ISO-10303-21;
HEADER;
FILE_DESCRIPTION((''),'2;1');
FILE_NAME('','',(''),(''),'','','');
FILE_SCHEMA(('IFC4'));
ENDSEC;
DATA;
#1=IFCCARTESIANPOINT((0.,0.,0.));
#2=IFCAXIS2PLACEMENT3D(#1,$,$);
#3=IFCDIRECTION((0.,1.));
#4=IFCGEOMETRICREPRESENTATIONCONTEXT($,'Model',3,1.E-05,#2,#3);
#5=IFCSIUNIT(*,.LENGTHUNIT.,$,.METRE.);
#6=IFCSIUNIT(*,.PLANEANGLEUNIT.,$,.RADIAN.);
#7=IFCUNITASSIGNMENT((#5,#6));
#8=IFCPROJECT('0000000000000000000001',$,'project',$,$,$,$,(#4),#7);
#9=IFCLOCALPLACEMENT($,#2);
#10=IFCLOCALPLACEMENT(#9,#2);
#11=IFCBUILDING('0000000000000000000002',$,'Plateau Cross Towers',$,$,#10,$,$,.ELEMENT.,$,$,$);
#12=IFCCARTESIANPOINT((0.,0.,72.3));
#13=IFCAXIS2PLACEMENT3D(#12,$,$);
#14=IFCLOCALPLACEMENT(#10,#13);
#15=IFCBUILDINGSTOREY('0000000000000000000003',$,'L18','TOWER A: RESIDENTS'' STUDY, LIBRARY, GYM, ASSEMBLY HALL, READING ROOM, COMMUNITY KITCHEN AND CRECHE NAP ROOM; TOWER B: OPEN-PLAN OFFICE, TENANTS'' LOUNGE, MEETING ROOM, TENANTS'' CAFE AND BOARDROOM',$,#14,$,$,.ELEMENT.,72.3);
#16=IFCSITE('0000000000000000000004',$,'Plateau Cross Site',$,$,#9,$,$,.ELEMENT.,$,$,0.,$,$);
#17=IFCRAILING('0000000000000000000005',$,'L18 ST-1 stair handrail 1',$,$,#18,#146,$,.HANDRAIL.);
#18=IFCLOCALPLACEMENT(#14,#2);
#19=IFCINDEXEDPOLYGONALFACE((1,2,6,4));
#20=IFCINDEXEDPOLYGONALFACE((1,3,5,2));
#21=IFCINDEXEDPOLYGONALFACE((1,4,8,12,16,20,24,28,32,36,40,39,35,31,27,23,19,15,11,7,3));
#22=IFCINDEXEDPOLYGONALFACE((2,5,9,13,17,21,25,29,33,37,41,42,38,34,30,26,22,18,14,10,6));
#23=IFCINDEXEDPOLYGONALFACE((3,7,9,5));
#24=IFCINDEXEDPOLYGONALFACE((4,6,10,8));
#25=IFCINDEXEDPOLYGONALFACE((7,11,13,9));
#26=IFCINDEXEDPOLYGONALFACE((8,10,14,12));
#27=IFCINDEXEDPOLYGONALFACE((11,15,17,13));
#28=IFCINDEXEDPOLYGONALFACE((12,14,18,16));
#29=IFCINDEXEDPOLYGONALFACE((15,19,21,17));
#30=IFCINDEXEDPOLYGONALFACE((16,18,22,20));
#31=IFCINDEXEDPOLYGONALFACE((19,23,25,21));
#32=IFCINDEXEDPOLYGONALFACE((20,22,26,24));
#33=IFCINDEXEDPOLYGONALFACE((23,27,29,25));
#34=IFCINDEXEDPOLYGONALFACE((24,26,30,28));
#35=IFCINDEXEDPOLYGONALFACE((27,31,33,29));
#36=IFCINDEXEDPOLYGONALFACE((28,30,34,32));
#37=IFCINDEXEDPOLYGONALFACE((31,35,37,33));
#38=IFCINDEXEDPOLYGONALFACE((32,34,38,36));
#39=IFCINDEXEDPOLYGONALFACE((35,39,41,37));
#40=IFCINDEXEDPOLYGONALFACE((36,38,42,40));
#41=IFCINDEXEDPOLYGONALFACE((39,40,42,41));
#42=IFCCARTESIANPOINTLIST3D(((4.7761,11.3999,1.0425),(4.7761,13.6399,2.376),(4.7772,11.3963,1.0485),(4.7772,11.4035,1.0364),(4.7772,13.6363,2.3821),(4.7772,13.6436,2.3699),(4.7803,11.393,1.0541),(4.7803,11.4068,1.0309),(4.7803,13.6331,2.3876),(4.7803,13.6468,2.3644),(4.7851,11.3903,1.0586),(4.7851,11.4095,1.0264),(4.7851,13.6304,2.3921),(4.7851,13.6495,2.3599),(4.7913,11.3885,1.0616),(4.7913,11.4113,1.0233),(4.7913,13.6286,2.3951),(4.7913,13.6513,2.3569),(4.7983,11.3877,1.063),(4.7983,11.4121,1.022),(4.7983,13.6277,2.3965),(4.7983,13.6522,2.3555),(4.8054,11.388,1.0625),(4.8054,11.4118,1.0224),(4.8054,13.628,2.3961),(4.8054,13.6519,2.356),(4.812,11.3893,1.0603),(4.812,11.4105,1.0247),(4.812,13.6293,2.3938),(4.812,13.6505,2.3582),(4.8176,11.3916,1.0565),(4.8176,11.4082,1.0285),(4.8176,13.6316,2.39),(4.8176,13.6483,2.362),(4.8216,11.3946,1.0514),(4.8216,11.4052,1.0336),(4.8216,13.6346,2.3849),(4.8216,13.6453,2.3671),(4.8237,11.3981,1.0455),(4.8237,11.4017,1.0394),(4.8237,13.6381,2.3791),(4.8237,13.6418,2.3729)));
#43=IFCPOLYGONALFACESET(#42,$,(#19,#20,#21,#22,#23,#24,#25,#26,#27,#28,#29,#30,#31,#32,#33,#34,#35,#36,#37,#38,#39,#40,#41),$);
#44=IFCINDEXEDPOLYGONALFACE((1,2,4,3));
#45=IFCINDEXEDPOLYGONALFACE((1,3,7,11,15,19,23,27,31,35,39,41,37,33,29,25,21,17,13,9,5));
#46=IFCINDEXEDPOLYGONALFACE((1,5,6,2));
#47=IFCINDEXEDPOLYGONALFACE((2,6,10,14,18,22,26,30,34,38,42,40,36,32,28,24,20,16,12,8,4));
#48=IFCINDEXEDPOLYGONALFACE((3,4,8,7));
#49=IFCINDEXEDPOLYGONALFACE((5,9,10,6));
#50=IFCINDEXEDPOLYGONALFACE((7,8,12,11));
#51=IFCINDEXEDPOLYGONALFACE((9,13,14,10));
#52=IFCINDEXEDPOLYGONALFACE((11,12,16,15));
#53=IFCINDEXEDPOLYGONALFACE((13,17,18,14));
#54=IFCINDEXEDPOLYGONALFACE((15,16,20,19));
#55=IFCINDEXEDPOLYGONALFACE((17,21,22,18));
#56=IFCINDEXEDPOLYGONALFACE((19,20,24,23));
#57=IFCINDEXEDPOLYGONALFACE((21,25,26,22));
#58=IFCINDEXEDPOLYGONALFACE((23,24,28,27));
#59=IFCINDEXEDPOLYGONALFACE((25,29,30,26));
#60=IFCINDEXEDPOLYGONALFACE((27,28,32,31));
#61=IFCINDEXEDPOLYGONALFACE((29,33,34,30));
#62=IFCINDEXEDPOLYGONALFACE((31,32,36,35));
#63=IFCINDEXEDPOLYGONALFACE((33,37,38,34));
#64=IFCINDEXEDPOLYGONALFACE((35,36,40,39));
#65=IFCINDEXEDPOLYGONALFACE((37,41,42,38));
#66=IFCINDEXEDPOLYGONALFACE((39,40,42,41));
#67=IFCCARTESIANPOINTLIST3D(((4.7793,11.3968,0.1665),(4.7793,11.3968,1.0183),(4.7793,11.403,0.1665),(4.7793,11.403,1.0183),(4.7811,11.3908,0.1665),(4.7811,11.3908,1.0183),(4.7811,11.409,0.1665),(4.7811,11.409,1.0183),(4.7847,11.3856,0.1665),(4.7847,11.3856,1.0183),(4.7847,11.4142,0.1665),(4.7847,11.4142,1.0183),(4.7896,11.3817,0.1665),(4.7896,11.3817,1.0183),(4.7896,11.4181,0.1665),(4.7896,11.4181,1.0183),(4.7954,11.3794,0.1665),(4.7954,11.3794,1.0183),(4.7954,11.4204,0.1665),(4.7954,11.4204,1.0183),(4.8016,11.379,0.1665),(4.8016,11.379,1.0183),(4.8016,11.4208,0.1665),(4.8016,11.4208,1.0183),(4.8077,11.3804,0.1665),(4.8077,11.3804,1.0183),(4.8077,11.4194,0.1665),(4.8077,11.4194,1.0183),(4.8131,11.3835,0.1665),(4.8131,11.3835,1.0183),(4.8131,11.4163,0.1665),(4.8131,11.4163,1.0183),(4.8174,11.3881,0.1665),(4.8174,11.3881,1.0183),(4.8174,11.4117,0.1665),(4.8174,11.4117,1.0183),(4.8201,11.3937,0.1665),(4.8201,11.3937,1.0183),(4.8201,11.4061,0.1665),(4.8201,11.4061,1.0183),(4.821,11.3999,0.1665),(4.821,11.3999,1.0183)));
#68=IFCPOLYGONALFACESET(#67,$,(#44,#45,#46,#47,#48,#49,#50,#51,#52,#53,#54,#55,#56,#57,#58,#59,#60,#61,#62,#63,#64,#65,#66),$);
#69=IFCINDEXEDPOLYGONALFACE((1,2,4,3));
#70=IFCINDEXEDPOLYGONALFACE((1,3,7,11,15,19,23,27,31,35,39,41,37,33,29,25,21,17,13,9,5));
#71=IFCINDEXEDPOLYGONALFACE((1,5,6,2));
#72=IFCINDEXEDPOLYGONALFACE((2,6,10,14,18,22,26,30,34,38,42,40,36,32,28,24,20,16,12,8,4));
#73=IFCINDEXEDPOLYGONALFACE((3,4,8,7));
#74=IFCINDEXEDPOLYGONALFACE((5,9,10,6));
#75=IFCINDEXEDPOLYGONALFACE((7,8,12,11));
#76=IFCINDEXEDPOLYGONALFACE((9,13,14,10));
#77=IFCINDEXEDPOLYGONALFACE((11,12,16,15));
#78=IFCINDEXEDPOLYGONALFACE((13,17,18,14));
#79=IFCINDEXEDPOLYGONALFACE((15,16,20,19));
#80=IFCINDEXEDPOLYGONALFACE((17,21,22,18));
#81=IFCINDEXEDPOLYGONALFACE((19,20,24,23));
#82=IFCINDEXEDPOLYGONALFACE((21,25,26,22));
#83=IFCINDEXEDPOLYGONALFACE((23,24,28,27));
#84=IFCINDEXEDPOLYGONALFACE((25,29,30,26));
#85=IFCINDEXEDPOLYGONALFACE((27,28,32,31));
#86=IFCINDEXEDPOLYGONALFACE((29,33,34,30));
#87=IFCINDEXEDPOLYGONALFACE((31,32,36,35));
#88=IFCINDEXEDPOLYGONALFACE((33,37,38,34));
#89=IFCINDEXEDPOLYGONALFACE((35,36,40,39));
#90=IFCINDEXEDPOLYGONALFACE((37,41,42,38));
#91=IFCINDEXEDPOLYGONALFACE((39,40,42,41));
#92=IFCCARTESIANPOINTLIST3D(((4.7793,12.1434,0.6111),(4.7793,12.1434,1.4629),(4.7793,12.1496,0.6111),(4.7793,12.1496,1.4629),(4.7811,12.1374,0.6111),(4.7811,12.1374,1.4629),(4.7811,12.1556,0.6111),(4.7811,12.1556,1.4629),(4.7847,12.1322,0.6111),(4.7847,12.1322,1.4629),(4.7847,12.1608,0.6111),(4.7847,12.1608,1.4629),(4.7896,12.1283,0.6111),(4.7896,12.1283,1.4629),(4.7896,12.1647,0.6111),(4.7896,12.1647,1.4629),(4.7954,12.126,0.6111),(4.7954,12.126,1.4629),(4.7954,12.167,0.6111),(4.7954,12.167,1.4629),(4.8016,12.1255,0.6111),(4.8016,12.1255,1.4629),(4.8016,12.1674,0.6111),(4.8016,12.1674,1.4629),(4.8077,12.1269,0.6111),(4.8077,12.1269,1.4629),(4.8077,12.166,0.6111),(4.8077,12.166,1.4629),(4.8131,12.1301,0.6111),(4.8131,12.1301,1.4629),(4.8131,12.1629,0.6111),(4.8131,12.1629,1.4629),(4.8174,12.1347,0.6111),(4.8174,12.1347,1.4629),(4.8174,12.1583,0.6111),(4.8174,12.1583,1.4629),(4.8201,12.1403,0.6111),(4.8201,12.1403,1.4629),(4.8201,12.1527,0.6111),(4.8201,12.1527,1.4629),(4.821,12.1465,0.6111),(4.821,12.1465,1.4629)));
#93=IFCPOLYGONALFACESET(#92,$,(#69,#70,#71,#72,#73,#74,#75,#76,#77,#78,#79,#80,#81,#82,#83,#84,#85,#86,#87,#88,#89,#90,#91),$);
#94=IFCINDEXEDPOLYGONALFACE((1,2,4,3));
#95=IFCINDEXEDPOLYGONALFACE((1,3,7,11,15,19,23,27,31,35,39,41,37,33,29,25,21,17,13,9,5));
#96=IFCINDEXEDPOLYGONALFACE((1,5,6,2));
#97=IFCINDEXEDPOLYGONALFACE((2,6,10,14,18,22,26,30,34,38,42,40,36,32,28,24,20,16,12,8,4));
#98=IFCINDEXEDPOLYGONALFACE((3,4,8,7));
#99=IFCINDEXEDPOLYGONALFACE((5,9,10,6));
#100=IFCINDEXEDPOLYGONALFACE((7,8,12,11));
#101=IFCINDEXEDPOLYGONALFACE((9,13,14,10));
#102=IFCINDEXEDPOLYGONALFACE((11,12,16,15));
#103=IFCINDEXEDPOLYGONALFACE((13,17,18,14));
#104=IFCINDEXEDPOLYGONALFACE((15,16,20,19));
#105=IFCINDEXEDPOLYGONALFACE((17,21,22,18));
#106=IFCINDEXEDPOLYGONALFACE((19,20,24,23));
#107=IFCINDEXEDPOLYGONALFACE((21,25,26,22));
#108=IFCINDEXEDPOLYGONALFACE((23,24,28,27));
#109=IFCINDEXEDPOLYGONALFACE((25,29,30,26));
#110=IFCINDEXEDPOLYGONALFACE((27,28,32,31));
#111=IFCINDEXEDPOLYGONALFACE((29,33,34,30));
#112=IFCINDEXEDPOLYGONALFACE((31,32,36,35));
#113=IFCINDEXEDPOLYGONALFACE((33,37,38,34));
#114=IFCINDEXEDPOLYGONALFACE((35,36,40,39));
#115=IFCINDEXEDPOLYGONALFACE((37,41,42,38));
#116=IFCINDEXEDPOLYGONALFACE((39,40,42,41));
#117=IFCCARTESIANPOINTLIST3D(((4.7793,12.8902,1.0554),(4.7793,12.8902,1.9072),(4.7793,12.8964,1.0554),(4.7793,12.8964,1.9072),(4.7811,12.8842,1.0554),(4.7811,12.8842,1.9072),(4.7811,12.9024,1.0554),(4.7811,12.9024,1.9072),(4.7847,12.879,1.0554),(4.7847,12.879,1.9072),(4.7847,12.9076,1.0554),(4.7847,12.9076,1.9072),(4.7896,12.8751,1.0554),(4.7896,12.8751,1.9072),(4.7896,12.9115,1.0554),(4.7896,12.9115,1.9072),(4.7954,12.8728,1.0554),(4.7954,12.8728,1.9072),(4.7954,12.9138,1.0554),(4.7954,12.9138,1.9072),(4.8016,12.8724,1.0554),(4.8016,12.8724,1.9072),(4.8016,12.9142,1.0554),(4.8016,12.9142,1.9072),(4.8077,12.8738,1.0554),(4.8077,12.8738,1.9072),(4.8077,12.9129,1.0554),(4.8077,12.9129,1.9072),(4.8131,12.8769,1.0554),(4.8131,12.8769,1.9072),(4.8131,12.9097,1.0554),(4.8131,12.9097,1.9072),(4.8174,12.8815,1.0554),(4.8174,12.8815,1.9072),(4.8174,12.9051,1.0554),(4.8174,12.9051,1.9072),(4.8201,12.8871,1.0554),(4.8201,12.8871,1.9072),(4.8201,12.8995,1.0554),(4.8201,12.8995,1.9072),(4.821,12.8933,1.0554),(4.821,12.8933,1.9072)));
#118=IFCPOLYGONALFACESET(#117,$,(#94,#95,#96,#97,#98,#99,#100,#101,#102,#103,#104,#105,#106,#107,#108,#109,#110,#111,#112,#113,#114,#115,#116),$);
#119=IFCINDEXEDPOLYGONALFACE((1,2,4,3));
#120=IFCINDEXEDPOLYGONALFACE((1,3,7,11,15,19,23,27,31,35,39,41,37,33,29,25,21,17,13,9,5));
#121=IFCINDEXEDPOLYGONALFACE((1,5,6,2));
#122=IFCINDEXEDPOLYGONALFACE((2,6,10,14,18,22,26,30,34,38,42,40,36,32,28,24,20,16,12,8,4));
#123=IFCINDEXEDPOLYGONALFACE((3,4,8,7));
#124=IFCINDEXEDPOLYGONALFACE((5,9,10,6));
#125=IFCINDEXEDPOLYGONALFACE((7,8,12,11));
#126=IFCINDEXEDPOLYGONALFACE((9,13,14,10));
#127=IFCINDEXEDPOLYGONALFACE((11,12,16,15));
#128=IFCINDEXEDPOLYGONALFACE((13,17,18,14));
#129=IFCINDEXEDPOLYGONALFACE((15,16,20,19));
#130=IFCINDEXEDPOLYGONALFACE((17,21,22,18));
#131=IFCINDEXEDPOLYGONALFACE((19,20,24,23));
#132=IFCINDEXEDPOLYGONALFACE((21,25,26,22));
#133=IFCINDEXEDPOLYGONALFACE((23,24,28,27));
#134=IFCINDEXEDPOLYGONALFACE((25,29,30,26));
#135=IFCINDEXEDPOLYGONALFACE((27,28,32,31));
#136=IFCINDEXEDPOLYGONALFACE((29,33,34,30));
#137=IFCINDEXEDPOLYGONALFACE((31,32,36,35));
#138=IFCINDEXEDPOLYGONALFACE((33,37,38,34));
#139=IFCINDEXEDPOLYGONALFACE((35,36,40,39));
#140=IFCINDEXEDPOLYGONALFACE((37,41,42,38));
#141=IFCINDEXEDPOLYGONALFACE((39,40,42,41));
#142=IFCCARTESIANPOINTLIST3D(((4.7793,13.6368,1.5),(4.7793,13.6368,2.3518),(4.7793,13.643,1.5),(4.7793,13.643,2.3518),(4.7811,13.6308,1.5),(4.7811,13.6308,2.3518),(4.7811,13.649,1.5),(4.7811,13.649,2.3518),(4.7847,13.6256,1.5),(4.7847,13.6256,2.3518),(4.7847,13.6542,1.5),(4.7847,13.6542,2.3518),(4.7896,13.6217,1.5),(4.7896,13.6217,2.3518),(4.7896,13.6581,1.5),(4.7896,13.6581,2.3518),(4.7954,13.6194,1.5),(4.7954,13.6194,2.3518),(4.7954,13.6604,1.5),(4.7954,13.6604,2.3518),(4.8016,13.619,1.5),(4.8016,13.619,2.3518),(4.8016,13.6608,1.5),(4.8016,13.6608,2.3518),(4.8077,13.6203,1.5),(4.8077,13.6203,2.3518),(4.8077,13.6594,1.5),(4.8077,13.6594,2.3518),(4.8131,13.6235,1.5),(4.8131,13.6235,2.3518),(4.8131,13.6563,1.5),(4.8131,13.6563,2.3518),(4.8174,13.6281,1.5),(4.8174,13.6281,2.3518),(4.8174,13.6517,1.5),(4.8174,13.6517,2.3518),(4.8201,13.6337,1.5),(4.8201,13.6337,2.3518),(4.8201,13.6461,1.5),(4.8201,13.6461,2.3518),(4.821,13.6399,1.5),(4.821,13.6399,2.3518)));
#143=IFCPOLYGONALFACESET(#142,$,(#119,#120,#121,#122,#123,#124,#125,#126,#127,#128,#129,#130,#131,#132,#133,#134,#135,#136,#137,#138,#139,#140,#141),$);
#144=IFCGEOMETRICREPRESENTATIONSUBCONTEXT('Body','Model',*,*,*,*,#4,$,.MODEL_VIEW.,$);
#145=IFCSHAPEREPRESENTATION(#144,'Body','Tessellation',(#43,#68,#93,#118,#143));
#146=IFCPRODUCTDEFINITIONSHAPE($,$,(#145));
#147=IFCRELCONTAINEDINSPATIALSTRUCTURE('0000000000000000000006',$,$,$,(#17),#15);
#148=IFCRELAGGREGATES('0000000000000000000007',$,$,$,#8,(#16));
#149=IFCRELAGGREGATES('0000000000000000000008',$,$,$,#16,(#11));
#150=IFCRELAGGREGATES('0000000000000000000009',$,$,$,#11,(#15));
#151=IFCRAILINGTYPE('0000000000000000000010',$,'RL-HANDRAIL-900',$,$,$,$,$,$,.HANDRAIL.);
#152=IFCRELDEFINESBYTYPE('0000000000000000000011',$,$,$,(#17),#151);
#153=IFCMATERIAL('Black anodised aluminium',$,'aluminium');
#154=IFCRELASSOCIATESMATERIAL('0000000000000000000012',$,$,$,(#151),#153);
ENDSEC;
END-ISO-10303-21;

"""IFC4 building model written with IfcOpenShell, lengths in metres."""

from ifc_helpers import new_model, si_unit, direction, frame, origin, origin_2d, place, context, subcontext, project, spatial, circle, extrude, material, type_object, element, save


model = new_model("IFC4")

# Units and contexts
model_context = context("Model", 3, precision=1e-05, world=origin(), true_north=direction((0.0, 1.0)))
body_context = subcontext(model_context, "Body", "Model", "MODEL_VIEW")
ifc_project = project(units=[si_unit("LENGTHUNIT", "METRE"), si_unit("PLANEANGLEUNIT", "RADIAN")], contexts=[model_context])

# Site, building, storey
site_placement = place(None, origin())
site = spatial("IfcSite", under=ifc_project, at=site_placement, Name="Plateau Cross Site", CompositionType="ELEMENT", RefElevation=0.0)
building_placement = place(site_placement, origin())
building = spatial("IfcBuilding", under=site, at=building_placement, Name="Plateau Cross Towers", CompositionType="ELEMENT")
storey_placement = place(building_placement, frame((0.0, 0.0, 72.3)))
storey = spatial("IfcBuildingStorey", under=building, at=storey_placement, Name="L18", Description="TOWER A: RESIDENTS' STUDY, LIBRARY, GYM, ASSEMBLY HALL, READING ROOM, COMMUNITY KITCHEN AND CRECHE NAP ROOM; TOWER B: OPEN-PLAN OFFICE, TENANTS' LOUNGE, MEETING ROOM, TENANTS' CAFE AND BOARDROOM", CompositionType="ELEMENT", Elevation=72.3)

# Shared definitions
ifc_material_1 = material(Name="Black anodised aluminium", Category="aluminium")

# Railing
railing_type_1 = type_object("IfcRailingType", Name="RL-HANDRAIL-900", PredefinedType="HANDRAIL", material=ifc_material_1)
for number, where, name in (
    (1, (4.8, 11.3999, 0.1665), "L18 ST-1 stair handrail 1"),
):
    element("IfcRailing", number, at=place(storey_placement, frame(where)), inside=storey, type_object=railing_type_1, Name=name, PredefinedType="HANDRAIL", context=body_context, shape_type="SweptSolid", body=[
        extrude(circle(Radius=0.0239, at=origin_2d()), frame((0.0, 0.0, 0.876), z_axis=(0.0, 0.859264, 0.511532), x_axis=(-1.0, 0.0, 0.0)), (0.0, 0.0, 1.0), 2.6069),
        extrude(circle(Radius=0.021, at=origin_2d()), origin(), (0.0, 0.0, 1.0), 0.8518),
        extrude(circle(Radius=0.021, at=origin_2d()), frame((0.0, 0.7466, 0.4446)), (0.0, 0.0, 1.0), 0.8518),
        extrude(circle(Radius=0.021, at=origin_2d()), frame((0.0, 1.4934, 0.8889)), (0.0, 0.0, 1.0), 0.8518),
        extrude(circle(Radius=0.021, at=origin_2d()), frame((0.0, 2.24, 1.3335)), (0.0, 0.0, 1.0), 0.8518),
    ])

save(model, "model.ifc")
